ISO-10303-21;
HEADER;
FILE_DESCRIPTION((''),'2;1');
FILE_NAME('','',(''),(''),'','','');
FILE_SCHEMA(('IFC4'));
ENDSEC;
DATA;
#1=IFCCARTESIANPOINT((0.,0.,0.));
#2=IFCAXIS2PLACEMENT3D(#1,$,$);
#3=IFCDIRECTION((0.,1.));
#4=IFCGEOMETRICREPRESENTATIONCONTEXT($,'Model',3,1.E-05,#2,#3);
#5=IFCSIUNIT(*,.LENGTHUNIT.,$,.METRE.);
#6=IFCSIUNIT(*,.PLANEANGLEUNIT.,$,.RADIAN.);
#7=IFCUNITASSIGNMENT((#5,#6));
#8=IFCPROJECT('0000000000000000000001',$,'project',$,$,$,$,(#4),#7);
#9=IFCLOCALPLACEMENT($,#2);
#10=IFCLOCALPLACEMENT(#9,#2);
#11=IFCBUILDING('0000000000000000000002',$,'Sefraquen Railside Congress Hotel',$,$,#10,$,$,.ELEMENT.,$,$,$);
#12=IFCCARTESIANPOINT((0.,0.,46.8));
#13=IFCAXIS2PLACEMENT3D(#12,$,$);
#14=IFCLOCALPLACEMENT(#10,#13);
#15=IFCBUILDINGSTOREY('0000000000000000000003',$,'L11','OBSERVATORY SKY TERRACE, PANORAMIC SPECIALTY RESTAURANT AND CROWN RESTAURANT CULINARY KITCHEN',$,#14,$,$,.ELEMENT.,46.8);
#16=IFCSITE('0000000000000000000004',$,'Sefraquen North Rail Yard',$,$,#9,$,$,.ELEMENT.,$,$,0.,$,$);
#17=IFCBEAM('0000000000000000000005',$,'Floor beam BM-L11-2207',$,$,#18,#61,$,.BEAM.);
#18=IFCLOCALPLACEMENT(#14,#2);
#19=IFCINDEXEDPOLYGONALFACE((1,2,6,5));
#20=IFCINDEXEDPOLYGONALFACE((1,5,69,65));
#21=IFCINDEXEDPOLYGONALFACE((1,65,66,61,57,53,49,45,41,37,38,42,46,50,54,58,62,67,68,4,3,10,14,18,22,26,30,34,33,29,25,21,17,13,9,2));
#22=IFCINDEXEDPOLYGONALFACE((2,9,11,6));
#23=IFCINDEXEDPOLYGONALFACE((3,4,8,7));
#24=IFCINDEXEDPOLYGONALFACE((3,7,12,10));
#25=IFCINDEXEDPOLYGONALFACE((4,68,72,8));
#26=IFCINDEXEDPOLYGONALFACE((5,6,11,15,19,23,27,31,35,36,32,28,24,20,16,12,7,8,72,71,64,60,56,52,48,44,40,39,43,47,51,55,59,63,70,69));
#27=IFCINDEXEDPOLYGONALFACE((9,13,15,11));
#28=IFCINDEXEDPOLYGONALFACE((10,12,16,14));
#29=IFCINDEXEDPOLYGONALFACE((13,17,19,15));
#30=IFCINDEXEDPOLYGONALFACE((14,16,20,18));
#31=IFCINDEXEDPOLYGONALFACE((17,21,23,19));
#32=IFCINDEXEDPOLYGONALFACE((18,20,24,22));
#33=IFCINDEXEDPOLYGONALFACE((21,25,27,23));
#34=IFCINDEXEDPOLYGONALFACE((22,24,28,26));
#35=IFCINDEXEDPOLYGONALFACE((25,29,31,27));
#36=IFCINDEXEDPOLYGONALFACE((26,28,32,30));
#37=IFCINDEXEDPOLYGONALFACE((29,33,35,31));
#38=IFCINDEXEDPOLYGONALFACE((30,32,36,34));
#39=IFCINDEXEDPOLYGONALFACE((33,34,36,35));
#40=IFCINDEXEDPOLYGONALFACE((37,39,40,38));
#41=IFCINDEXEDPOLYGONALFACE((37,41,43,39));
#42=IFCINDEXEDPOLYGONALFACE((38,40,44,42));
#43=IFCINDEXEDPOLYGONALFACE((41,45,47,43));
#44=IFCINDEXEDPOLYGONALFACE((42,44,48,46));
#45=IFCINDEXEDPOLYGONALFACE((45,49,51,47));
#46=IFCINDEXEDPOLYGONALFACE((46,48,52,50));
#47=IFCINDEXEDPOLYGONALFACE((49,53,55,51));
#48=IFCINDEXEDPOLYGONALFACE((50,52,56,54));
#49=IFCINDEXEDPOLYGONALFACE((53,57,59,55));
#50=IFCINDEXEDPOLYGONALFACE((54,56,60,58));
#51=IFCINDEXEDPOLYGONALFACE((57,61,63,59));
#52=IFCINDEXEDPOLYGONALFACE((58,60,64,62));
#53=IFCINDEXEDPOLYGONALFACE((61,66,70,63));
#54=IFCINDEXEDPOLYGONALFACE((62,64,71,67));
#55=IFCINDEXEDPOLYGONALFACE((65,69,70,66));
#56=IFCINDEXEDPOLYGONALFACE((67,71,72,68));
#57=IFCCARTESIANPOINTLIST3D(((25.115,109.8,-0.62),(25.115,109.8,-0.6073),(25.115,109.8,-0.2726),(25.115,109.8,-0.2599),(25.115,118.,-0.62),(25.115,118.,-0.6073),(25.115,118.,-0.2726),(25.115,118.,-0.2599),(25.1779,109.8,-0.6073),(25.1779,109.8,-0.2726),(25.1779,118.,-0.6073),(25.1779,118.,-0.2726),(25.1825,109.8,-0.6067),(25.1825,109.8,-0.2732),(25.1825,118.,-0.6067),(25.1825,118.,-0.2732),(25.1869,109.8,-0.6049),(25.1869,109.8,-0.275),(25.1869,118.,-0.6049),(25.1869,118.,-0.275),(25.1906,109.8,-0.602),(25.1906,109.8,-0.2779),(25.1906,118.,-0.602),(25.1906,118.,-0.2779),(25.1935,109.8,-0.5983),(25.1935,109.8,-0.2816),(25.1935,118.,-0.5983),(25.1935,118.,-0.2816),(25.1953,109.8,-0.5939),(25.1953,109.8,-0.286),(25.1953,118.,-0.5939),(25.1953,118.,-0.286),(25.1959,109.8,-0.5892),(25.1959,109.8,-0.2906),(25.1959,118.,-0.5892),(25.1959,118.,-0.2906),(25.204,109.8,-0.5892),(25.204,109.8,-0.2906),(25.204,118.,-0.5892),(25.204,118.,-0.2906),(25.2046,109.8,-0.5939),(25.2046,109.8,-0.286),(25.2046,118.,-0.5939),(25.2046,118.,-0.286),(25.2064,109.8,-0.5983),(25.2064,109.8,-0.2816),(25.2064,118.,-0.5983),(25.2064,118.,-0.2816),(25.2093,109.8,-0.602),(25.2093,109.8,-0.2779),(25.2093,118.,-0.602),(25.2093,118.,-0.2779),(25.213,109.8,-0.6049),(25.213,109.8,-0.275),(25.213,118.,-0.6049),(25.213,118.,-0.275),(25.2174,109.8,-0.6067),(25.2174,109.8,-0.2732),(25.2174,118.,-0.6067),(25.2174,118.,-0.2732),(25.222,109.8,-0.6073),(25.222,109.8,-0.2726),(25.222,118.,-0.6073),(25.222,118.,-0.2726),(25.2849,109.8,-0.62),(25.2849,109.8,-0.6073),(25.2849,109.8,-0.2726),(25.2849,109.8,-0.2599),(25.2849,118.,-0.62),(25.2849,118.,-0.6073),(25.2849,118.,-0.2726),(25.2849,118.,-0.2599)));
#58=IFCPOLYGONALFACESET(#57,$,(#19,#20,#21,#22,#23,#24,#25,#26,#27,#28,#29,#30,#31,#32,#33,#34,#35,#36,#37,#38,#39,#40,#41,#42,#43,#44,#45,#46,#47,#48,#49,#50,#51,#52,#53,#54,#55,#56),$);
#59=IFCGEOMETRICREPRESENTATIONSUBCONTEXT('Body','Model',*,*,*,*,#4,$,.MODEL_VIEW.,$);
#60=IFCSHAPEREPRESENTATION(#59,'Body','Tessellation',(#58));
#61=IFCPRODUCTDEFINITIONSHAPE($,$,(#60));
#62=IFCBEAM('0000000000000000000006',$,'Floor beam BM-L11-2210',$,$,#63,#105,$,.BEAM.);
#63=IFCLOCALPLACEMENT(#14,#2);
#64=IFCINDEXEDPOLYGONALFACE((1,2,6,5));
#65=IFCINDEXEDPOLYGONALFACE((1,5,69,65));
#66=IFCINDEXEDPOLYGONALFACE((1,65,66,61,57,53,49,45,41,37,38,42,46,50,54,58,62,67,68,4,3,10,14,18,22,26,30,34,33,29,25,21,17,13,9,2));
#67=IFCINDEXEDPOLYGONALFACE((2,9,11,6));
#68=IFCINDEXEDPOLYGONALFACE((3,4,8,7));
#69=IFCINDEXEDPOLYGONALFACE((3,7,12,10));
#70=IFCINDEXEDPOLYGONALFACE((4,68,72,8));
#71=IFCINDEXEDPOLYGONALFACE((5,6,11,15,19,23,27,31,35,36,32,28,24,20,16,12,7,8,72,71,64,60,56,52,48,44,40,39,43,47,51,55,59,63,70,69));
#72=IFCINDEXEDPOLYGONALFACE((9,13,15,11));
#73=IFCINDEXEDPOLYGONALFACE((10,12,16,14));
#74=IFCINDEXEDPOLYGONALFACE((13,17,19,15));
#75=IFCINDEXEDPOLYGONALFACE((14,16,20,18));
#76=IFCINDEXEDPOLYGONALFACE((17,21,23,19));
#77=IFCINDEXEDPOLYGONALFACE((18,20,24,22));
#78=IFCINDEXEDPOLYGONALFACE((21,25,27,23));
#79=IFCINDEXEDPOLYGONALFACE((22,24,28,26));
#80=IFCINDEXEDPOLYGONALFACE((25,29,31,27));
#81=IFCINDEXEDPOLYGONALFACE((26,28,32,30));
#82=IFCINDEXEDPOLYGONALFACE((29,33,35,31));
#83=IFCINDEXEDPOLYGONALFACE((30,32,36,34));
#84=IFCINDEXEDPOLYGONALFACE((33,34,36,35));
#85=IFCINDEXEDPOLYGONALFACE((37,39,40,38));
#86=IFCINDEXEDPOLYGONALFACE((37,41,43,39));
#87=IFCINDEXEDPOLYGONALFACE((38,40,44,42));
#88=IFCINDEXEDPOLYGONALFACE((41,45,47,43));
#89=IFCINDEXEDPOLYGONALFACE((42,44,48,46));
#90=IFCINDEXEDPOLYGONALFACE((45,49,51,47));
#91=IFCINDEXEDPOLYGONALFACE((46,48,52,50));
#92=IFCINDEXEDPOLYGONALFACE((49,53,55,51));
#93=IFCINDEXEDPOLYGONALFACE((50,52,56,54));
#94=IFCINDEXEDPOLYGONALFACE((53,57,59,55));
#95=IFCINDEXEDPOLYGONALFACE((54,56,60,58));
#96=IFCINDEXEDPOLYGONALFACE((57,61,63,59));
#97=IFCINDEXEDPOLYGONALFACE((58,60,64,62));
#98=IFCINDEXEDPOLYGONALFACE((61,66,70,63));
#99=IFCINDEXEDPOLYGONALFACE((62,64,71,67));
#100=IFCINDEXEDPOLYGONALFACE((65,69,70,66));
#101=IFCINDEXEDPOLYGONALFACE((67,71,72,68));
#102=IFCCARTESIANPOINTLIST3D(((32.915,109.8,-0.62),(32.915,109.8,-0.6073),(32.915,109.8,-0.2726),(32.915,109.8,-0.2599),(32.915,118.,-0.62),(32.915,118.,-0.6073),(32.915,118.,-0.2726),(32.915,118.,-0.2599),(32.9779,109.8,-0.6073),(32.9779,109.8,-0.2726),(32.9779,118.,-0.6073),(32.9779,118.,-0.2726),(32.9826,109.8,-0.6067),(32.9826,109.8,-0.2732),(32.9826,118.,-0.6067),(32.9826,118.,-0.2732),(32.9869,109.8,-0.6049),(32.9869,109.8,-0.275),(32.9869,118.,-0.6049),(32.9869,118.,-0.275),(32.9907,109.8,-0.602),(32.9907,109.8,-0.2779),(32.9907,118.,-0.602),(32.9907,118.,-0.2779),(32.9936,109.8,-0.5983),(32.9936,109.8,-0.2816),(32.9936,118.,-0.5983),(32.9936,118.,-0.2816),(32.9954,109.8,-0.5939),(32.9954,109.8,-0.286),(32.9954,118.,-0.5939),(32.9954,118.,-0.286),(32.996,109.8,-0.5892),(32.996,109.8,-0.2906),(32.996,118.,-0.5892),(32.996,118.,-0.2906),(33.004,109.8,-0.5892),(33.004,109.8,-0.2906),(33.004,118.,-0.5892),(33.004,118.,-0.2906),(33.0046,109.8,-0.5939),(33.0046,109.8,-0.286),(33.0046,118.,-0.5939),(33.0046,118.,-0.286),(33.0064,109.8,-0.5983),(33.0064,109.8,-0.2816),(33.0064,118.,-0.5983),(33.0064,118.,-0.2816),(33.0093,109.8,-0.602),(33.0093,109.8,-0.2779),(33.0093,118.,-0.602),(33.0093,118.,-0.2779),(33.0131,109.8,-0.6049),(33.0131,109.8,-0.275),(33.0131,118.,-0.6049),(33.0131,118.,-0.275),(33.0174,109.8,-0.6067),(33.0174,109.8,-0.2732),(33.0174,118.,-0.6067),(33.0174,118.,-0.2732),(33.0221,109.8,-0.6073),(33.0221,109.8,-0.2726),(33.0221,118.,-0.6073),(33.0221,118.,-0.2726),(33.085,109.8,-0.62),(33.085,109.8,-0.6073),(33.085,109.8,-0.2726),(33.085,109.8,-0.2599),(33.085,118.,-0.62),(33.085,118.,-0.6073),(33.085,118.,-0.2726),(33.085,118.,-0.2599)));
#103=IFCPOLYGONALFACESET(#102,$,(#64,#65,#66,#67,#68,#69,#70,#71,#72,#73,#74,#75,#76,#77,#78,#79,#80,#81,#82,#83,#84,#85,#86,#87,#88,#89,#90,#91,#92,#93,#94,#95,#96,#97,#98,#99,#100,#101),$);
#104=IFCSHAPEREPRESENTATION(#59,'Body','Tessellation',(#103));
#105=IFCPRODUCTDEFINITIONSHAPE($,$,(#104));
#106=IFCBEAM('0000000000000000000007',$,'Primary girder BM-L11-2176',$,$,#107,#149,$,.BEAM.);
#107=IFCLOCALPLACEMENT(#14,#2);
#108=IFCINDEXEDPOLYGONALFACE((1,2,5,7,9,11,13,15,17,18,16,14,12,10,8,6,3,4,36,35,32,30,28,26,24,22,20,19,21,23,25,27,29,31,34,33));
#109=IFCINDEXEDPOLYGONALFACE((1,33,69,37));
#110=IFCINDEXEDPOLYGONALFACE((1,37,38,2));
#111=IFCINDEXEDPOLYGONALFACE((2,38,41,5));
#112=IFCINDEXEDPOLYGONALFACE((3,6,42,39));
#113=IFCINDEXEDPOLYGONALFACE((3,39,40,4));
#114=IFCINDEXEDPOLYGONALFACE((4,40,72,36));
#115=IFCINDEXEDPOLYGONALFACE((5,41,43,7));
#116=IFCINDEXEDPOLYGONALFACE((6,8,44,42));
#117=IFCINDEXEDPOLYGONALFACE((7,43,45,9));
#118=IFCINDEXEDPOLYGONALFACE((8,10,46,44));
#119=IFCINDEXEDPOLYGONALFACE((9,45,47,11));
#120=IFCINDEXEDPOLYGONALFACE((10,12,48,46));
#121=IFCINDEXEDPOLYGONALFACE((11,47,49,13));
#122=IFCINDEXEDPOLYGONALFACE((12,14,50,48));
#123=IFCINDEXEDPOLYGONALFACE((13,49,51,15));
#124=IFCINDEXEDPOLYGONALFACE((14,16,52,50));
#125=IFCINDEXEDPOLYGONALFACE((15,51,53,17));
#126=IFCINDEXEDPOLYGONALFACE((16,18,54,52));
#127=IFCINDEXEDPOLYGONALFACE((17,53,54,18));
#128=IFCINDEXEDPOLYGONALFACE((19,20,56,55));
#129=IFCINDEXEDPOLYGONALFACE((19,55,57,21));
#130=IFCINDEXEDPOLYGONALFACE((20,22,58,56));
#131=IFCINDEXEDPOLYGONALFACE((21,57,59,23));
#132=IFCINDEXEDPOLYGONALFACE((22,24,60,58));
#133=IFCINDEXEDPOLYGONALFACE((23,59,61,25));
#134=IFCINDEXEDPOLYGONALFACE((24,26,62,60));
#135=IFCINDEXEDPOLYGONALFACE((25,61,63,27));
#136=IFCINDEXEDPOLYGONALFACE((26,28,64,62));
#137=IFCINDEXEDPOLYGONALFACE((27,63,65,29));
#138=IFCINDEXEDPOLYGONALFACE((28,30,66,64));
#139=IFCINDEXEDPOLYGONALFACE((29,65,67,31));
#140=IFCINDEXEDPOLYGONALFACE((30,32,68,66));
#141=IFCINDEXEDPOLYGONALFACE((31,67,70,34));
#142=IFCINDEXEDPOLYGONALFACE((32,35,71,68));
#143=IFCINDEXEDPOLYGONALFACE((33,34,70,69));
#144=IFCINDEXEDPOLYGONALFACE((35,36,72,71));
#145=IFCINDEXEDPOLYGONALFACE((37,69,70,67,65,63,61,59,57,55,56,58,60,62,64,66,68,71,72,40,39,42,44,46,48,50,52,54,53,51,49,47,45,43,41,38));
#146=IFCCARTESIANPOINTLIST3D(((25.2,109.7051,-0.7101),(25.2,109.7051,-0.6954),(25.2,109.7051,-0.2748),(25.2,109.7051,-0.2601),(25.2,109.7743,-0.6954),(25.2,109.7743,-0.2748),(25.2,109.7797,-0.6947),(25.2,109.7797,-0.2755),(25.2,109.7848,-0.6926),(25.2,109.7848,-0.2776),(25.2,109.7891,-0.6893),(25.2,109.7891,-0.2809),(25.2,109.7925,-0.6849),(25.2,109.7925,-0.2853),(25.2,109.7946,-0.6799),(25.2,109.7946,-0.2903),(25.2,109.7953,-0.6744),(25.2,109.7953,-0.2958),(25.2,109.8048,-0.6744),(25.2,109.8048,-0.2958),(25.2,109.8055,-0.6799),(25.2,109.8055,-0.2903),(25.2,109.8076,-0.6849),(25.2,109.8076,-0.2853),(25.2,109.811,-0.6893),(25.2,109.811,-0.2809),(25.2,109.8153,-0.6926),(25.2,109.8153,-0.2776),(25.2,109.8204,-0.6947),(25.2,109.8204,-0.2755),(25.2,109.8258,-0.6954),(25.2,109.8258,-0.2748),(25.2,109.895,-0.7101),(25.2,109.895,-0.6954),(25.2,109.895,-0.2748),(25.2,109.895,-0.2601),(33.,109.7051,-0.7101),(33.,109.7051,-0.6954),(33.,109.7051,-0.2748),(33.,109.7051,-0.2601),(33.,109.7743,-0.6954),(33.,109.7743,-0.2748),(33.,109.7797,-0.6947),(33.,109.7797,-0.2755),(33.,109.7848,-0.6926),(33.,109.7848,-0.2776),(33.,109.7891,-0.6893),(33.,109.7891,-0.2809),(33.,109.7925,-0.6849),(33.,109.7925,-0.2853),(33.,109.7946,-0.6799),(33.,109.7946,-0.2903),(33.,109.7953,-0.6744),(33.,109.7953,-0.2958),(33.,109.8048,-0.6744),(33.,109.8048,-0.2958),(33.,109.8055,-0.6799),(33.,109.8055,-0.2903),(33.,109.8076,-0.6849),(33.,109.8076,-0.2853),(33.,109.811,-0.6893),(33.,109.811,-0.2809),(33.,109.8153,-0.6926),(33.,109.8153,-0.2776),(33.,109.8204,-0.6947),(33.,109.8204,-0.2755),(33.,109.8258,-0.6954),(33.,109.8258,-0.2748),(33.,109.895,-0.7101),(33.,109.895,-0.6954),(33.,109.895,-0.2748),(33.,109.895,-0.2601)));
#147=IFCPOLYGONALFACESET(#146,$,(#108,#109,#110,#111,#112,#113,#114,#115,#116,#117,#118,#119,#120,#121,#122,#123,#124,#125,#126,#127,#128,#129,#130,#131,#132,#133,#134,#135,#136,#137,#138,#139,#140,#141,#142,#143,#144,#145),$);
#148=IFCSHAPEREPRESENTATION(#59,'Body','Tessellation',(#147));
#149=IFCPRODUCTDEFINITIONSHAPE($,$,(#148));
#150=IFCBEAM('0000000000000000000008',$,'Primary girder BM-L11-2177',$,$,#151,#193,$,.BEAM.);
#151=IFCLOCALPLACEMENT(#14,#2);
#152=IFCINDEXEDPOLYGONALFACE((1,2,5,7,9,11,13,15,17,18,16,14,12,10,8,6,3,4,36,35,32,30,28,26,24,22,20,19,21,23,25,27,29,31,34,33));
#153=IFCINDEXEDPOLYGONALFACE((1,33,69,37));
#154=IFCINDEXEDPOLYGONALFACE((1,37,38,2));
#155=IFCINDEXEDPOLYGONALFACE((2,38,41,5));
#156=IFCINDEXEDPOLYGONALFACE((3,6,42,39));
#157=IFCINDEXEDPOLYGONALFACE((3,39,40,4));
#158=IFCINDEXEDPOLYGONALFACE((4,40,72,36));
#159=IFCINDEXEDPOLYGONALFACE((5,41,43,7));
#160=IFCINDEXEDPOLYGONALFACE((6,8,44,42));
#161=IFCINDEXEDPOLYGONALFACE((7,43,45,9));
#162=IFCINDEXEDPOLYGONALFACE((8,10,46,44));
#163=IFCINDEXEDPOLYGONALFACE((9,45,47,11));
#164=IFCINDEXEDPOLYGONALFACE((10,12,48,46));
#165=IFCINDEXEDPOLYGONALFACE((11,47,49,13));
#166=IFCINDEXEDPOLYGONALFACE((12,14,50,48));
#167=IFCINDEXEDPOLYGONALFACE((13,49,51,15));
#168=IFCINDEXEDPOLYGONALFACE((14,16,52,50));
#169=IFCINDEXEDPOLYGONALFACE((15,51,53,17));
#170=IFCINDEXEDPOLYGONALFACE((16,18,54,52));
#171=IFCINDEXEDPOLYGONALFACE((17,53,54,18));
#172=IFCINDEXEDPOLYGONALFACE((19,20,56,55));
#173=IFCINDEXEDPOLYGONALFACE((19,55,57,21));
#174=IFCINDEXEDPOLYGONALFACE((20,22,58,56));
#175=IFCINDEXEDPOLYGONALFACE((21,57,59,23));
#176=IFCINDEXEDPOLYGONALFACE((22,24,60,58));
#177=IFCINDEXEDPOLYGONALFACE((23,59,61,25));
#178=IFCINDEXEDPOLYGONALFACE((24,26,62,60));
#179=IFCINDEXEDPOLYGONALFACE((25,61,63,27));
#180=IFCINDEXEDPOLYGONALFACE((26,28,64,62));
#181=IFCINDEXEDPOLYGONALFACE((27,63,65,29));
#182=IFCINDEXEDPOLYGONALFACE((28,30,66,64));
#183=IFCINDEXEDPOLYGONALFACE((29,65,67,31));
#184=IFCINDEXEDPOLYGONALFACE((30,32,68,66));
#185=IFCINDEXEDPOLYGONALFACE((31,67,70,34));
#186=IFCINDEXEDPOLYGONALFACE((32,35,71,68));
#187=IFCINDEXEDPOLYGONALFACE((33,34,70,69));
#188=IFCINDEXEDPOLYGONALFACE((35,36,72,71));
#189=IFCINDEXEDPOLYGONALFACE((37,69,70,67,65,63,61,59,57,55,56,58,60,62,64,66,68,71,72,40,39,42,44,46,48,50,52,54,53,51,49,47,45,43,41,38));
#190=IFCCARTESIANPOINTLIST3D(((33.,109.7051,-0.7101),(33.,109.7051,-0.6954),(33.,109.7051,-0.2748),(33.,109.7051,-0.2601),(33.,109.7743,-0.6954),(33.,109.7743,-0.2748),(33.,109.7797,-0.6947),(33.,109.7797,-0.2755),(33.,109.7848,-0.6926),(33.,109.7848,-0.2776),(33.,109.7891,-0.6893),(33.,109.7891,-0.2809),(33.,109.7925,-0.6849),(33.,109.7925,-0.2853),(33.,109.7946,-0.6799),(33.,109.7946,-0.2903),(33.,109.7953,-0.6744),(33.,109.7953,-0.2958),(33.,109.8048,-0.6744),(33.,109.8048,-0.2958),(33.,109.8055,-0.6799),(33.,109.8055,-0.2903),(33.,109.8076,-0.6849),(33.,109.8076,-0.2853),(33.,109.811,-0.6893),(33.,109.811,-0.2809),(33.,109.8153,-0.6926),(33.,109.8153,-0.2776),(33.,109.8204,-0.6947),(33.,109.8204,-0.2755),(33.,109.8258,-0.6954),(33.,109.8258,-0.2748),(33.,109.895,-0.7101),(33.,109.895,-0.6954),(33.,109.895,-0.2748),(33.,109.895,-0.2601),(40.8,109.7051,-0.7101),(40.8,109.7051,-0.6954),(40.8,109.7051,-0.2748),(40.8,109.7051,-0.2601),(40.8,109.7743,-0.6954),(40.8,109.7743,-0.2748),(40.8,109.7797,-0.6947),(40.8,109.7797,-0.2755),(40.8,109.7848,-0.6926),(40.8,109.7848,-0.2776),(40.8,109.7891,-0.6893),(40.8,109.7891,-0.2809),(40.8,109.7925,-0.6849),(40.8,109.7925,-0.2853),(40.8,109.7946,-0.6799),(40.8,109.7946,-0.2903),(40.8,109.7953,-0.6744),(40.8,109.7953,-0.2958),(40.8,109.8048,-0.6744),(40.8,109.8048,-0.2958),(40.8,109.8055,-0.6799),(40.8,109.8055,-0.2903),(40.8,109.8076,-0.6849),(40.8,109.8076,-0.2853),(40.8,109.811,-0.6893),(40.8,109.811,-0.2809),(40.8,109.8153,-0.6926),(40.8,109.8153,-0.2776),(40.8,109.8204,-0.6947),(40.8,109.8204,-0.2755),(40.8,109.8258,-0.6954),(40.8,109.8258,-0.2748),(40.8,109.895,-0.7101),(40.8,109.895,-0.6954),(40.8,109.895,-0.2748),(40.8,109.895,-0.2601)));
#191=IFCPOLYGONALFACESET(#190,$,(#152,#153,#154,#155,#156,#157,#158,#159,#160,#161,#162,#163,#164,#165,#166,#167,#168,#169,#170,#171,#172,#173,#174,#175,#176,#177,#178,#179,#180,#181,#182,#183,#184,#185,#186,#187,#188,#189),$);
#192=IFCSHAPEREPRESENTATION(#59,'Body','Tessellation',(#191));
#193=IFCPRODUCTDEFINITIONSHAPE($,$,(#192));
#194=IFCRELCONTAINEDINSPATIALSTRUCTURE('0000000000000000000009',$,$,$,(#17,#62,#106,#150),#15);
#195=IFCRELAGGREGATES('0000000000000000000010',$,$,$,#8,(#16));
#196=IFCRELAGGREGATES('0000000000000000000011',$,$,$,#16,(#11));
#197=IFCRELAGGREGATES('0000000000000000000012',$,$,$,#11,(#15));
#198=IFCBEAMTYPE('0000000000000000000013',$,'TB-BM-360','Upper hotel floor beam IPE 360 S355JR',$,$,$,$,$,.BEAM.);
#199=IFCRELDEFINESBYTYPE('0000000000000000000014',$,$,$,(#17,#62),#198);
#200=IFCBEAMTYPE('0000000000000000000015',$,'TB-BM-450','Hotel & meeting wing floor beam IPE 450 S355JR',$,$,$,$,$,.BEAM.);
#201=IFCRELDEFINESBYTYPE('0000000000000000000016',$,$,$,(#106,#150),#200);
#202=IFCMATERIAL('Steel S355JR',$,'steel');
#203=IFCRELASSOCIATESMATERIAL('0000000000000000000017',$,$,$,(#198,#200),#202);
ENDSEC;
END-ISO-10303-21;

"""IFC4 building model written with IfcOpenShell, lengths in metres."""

from ifc_helpers import new_model, si_unit, direction, frame, origin, origin_2d, place, context, subcontext, project, spatial, i_section, extrude, material, material_profile, profile_set, type_object, element, save


model = new_model("IFC4")

# Units and contexts
model_context = context("Model", 3, precision=1e-05, world=origin(), true_north=direction((0.0, 1.0)))
body_context = subcontext(model_context, "Body", "Model", "MODEL_VIEW")
ifc_project = project(units=[si_unit("LENGTHUNIT", "METRE"), si_unit("PLANEANGLEUNIT", "RADIAN")], contexts=[model_context])

# Site, building, storey
site_placement = place(None, origin())
site = spatial("IfcSite", under=ifc_project, at=site_placement, Name="Sefraquen North Rail Yard", CompositionType="ELEMENT", RefElevation=0.0)
building_placement = place(site_placement, origin())
building = spatial("IfcBuilding", under=site, at=building_placement, Name="Sefraquen Railside Congress Hotel", CompositionType="ELEMENT")
storey_placement = place(building_placement, frame((0.0, 0.0, 46.8)))
storey = spatial("IfcBuildingStorey", under=building, at=storey_placement, Name="L11", Description="OBSERVATORY SKY TERRACE, PANORAMIC SPECIALTY RESTAURANT AND CROWN RESTAURANT CULINARY KITCHEN", CompositionType="ELEMENT", Elevation=46.8)

# Shared definitions
ifc_material_1 = material(Name="Steel S355JR", Category="steel")

# Beams
ifc_material_profile_1 = material_profile(ifc_material_1, i_section(OverallWidth=0.1699, OverallDepth=0.3601, WebThickness=0.0081, FlangeThickness=0.0127, FilletRadius=0.0181, at=origin_2d()), Name="IPE 360")
ifc_profile_set_1 = profile_set([ifc_material_profile_1], Name="Steel S355JR")
beam_type_1 = type_object("IfcBeamType", Name="TB-BM-360", Description="Upper hotel floor beam IPE 360 S355JR", PredefinedType="BEAM", material=ifc_profile_set_1)
for number, where, z_axis, x_axis, name in (
    (1, (25.2, 109.8, -0.4399), (0.0, 1.0, 0.0), (-1.0, 0.0, 0.0), "Floor beam BM-L11-2207"),
    (2, (33.0, 109.8, -0.4399), (0.0, 1.0, 0.0), (-1.0, 0.0, 0.0), "Floor beam BM-L11-2210"),
):
    element("IfcBeam", number, at=place(storey_placement, frame(where, z_axis=z_axis, x_axis=x_axis)), inside=storey, type_object=beam_type_1, Name=name, PredefinedType="BEAM", context=body_context, shape_type="SweptSolid", body=[
        extrude(i_section(OverallWidth=0.1699, OverallDepth=0.3601, WebThickness=0.0081, FlangeThickness=0.0127, FilletRadius=0.0181, at=origin_2d()), origin(), (0.0, 0.0, 1.0), 8.2),
    ])
ifc_material_profile_2 = material_profile(ifc_material_1, i_section(OverallWidth=0.1899, OverallDepth=0.45, WebThickness=0.0095, FlangeThickness=0.0146, FilletRadius=0.021, at=origin_2d()), Name="IPE 450")
ifc_profile_set_2 = profile_set([ifc_material_profile_2], Name="Steel S355JR")
beam_type_2 = type_object("IfcBeamType", Name="TB-BM-450", Description="Hotel & meeting wing floor beam IPE 450 S355JR", PredefinedType="BEAM", material=ifc_profile_set_2)
for number, where, z_axis, x_axis, name in (
    (3, (25.2, 109.8, -0.4851), (1.0, 0.0, 0.0), (0.0, 1.0, 0.0), "Primary girder BM-L11-2176"),
    (4, (33.0, 109.8, -0.4851), (1.0, 0.0, 0.0), (0.0, 1.0, 0.0), "Primary girder BM-L11-2177"),
):
    element("IfcBeam", number, at=place(storey_placement, frame(where, z_axis=z_axis, x_axis=x_axis)), inside=storey, type_object=beam_type_2, Name=name, PredefinedType="BEAM", context=body_context, shape_type="SweptSolid", body=[
        extrude(i_section(OverallWidth=0.1899, OverallDepth=0.45, WebThickness=0.0095, FlangeThickness=0.0146, FilletRadius=0.021, at=origin_2d()), origin(), (0.0, 0.0, 1.0), 7.8),
    ])

save(model, "model.ifc")
